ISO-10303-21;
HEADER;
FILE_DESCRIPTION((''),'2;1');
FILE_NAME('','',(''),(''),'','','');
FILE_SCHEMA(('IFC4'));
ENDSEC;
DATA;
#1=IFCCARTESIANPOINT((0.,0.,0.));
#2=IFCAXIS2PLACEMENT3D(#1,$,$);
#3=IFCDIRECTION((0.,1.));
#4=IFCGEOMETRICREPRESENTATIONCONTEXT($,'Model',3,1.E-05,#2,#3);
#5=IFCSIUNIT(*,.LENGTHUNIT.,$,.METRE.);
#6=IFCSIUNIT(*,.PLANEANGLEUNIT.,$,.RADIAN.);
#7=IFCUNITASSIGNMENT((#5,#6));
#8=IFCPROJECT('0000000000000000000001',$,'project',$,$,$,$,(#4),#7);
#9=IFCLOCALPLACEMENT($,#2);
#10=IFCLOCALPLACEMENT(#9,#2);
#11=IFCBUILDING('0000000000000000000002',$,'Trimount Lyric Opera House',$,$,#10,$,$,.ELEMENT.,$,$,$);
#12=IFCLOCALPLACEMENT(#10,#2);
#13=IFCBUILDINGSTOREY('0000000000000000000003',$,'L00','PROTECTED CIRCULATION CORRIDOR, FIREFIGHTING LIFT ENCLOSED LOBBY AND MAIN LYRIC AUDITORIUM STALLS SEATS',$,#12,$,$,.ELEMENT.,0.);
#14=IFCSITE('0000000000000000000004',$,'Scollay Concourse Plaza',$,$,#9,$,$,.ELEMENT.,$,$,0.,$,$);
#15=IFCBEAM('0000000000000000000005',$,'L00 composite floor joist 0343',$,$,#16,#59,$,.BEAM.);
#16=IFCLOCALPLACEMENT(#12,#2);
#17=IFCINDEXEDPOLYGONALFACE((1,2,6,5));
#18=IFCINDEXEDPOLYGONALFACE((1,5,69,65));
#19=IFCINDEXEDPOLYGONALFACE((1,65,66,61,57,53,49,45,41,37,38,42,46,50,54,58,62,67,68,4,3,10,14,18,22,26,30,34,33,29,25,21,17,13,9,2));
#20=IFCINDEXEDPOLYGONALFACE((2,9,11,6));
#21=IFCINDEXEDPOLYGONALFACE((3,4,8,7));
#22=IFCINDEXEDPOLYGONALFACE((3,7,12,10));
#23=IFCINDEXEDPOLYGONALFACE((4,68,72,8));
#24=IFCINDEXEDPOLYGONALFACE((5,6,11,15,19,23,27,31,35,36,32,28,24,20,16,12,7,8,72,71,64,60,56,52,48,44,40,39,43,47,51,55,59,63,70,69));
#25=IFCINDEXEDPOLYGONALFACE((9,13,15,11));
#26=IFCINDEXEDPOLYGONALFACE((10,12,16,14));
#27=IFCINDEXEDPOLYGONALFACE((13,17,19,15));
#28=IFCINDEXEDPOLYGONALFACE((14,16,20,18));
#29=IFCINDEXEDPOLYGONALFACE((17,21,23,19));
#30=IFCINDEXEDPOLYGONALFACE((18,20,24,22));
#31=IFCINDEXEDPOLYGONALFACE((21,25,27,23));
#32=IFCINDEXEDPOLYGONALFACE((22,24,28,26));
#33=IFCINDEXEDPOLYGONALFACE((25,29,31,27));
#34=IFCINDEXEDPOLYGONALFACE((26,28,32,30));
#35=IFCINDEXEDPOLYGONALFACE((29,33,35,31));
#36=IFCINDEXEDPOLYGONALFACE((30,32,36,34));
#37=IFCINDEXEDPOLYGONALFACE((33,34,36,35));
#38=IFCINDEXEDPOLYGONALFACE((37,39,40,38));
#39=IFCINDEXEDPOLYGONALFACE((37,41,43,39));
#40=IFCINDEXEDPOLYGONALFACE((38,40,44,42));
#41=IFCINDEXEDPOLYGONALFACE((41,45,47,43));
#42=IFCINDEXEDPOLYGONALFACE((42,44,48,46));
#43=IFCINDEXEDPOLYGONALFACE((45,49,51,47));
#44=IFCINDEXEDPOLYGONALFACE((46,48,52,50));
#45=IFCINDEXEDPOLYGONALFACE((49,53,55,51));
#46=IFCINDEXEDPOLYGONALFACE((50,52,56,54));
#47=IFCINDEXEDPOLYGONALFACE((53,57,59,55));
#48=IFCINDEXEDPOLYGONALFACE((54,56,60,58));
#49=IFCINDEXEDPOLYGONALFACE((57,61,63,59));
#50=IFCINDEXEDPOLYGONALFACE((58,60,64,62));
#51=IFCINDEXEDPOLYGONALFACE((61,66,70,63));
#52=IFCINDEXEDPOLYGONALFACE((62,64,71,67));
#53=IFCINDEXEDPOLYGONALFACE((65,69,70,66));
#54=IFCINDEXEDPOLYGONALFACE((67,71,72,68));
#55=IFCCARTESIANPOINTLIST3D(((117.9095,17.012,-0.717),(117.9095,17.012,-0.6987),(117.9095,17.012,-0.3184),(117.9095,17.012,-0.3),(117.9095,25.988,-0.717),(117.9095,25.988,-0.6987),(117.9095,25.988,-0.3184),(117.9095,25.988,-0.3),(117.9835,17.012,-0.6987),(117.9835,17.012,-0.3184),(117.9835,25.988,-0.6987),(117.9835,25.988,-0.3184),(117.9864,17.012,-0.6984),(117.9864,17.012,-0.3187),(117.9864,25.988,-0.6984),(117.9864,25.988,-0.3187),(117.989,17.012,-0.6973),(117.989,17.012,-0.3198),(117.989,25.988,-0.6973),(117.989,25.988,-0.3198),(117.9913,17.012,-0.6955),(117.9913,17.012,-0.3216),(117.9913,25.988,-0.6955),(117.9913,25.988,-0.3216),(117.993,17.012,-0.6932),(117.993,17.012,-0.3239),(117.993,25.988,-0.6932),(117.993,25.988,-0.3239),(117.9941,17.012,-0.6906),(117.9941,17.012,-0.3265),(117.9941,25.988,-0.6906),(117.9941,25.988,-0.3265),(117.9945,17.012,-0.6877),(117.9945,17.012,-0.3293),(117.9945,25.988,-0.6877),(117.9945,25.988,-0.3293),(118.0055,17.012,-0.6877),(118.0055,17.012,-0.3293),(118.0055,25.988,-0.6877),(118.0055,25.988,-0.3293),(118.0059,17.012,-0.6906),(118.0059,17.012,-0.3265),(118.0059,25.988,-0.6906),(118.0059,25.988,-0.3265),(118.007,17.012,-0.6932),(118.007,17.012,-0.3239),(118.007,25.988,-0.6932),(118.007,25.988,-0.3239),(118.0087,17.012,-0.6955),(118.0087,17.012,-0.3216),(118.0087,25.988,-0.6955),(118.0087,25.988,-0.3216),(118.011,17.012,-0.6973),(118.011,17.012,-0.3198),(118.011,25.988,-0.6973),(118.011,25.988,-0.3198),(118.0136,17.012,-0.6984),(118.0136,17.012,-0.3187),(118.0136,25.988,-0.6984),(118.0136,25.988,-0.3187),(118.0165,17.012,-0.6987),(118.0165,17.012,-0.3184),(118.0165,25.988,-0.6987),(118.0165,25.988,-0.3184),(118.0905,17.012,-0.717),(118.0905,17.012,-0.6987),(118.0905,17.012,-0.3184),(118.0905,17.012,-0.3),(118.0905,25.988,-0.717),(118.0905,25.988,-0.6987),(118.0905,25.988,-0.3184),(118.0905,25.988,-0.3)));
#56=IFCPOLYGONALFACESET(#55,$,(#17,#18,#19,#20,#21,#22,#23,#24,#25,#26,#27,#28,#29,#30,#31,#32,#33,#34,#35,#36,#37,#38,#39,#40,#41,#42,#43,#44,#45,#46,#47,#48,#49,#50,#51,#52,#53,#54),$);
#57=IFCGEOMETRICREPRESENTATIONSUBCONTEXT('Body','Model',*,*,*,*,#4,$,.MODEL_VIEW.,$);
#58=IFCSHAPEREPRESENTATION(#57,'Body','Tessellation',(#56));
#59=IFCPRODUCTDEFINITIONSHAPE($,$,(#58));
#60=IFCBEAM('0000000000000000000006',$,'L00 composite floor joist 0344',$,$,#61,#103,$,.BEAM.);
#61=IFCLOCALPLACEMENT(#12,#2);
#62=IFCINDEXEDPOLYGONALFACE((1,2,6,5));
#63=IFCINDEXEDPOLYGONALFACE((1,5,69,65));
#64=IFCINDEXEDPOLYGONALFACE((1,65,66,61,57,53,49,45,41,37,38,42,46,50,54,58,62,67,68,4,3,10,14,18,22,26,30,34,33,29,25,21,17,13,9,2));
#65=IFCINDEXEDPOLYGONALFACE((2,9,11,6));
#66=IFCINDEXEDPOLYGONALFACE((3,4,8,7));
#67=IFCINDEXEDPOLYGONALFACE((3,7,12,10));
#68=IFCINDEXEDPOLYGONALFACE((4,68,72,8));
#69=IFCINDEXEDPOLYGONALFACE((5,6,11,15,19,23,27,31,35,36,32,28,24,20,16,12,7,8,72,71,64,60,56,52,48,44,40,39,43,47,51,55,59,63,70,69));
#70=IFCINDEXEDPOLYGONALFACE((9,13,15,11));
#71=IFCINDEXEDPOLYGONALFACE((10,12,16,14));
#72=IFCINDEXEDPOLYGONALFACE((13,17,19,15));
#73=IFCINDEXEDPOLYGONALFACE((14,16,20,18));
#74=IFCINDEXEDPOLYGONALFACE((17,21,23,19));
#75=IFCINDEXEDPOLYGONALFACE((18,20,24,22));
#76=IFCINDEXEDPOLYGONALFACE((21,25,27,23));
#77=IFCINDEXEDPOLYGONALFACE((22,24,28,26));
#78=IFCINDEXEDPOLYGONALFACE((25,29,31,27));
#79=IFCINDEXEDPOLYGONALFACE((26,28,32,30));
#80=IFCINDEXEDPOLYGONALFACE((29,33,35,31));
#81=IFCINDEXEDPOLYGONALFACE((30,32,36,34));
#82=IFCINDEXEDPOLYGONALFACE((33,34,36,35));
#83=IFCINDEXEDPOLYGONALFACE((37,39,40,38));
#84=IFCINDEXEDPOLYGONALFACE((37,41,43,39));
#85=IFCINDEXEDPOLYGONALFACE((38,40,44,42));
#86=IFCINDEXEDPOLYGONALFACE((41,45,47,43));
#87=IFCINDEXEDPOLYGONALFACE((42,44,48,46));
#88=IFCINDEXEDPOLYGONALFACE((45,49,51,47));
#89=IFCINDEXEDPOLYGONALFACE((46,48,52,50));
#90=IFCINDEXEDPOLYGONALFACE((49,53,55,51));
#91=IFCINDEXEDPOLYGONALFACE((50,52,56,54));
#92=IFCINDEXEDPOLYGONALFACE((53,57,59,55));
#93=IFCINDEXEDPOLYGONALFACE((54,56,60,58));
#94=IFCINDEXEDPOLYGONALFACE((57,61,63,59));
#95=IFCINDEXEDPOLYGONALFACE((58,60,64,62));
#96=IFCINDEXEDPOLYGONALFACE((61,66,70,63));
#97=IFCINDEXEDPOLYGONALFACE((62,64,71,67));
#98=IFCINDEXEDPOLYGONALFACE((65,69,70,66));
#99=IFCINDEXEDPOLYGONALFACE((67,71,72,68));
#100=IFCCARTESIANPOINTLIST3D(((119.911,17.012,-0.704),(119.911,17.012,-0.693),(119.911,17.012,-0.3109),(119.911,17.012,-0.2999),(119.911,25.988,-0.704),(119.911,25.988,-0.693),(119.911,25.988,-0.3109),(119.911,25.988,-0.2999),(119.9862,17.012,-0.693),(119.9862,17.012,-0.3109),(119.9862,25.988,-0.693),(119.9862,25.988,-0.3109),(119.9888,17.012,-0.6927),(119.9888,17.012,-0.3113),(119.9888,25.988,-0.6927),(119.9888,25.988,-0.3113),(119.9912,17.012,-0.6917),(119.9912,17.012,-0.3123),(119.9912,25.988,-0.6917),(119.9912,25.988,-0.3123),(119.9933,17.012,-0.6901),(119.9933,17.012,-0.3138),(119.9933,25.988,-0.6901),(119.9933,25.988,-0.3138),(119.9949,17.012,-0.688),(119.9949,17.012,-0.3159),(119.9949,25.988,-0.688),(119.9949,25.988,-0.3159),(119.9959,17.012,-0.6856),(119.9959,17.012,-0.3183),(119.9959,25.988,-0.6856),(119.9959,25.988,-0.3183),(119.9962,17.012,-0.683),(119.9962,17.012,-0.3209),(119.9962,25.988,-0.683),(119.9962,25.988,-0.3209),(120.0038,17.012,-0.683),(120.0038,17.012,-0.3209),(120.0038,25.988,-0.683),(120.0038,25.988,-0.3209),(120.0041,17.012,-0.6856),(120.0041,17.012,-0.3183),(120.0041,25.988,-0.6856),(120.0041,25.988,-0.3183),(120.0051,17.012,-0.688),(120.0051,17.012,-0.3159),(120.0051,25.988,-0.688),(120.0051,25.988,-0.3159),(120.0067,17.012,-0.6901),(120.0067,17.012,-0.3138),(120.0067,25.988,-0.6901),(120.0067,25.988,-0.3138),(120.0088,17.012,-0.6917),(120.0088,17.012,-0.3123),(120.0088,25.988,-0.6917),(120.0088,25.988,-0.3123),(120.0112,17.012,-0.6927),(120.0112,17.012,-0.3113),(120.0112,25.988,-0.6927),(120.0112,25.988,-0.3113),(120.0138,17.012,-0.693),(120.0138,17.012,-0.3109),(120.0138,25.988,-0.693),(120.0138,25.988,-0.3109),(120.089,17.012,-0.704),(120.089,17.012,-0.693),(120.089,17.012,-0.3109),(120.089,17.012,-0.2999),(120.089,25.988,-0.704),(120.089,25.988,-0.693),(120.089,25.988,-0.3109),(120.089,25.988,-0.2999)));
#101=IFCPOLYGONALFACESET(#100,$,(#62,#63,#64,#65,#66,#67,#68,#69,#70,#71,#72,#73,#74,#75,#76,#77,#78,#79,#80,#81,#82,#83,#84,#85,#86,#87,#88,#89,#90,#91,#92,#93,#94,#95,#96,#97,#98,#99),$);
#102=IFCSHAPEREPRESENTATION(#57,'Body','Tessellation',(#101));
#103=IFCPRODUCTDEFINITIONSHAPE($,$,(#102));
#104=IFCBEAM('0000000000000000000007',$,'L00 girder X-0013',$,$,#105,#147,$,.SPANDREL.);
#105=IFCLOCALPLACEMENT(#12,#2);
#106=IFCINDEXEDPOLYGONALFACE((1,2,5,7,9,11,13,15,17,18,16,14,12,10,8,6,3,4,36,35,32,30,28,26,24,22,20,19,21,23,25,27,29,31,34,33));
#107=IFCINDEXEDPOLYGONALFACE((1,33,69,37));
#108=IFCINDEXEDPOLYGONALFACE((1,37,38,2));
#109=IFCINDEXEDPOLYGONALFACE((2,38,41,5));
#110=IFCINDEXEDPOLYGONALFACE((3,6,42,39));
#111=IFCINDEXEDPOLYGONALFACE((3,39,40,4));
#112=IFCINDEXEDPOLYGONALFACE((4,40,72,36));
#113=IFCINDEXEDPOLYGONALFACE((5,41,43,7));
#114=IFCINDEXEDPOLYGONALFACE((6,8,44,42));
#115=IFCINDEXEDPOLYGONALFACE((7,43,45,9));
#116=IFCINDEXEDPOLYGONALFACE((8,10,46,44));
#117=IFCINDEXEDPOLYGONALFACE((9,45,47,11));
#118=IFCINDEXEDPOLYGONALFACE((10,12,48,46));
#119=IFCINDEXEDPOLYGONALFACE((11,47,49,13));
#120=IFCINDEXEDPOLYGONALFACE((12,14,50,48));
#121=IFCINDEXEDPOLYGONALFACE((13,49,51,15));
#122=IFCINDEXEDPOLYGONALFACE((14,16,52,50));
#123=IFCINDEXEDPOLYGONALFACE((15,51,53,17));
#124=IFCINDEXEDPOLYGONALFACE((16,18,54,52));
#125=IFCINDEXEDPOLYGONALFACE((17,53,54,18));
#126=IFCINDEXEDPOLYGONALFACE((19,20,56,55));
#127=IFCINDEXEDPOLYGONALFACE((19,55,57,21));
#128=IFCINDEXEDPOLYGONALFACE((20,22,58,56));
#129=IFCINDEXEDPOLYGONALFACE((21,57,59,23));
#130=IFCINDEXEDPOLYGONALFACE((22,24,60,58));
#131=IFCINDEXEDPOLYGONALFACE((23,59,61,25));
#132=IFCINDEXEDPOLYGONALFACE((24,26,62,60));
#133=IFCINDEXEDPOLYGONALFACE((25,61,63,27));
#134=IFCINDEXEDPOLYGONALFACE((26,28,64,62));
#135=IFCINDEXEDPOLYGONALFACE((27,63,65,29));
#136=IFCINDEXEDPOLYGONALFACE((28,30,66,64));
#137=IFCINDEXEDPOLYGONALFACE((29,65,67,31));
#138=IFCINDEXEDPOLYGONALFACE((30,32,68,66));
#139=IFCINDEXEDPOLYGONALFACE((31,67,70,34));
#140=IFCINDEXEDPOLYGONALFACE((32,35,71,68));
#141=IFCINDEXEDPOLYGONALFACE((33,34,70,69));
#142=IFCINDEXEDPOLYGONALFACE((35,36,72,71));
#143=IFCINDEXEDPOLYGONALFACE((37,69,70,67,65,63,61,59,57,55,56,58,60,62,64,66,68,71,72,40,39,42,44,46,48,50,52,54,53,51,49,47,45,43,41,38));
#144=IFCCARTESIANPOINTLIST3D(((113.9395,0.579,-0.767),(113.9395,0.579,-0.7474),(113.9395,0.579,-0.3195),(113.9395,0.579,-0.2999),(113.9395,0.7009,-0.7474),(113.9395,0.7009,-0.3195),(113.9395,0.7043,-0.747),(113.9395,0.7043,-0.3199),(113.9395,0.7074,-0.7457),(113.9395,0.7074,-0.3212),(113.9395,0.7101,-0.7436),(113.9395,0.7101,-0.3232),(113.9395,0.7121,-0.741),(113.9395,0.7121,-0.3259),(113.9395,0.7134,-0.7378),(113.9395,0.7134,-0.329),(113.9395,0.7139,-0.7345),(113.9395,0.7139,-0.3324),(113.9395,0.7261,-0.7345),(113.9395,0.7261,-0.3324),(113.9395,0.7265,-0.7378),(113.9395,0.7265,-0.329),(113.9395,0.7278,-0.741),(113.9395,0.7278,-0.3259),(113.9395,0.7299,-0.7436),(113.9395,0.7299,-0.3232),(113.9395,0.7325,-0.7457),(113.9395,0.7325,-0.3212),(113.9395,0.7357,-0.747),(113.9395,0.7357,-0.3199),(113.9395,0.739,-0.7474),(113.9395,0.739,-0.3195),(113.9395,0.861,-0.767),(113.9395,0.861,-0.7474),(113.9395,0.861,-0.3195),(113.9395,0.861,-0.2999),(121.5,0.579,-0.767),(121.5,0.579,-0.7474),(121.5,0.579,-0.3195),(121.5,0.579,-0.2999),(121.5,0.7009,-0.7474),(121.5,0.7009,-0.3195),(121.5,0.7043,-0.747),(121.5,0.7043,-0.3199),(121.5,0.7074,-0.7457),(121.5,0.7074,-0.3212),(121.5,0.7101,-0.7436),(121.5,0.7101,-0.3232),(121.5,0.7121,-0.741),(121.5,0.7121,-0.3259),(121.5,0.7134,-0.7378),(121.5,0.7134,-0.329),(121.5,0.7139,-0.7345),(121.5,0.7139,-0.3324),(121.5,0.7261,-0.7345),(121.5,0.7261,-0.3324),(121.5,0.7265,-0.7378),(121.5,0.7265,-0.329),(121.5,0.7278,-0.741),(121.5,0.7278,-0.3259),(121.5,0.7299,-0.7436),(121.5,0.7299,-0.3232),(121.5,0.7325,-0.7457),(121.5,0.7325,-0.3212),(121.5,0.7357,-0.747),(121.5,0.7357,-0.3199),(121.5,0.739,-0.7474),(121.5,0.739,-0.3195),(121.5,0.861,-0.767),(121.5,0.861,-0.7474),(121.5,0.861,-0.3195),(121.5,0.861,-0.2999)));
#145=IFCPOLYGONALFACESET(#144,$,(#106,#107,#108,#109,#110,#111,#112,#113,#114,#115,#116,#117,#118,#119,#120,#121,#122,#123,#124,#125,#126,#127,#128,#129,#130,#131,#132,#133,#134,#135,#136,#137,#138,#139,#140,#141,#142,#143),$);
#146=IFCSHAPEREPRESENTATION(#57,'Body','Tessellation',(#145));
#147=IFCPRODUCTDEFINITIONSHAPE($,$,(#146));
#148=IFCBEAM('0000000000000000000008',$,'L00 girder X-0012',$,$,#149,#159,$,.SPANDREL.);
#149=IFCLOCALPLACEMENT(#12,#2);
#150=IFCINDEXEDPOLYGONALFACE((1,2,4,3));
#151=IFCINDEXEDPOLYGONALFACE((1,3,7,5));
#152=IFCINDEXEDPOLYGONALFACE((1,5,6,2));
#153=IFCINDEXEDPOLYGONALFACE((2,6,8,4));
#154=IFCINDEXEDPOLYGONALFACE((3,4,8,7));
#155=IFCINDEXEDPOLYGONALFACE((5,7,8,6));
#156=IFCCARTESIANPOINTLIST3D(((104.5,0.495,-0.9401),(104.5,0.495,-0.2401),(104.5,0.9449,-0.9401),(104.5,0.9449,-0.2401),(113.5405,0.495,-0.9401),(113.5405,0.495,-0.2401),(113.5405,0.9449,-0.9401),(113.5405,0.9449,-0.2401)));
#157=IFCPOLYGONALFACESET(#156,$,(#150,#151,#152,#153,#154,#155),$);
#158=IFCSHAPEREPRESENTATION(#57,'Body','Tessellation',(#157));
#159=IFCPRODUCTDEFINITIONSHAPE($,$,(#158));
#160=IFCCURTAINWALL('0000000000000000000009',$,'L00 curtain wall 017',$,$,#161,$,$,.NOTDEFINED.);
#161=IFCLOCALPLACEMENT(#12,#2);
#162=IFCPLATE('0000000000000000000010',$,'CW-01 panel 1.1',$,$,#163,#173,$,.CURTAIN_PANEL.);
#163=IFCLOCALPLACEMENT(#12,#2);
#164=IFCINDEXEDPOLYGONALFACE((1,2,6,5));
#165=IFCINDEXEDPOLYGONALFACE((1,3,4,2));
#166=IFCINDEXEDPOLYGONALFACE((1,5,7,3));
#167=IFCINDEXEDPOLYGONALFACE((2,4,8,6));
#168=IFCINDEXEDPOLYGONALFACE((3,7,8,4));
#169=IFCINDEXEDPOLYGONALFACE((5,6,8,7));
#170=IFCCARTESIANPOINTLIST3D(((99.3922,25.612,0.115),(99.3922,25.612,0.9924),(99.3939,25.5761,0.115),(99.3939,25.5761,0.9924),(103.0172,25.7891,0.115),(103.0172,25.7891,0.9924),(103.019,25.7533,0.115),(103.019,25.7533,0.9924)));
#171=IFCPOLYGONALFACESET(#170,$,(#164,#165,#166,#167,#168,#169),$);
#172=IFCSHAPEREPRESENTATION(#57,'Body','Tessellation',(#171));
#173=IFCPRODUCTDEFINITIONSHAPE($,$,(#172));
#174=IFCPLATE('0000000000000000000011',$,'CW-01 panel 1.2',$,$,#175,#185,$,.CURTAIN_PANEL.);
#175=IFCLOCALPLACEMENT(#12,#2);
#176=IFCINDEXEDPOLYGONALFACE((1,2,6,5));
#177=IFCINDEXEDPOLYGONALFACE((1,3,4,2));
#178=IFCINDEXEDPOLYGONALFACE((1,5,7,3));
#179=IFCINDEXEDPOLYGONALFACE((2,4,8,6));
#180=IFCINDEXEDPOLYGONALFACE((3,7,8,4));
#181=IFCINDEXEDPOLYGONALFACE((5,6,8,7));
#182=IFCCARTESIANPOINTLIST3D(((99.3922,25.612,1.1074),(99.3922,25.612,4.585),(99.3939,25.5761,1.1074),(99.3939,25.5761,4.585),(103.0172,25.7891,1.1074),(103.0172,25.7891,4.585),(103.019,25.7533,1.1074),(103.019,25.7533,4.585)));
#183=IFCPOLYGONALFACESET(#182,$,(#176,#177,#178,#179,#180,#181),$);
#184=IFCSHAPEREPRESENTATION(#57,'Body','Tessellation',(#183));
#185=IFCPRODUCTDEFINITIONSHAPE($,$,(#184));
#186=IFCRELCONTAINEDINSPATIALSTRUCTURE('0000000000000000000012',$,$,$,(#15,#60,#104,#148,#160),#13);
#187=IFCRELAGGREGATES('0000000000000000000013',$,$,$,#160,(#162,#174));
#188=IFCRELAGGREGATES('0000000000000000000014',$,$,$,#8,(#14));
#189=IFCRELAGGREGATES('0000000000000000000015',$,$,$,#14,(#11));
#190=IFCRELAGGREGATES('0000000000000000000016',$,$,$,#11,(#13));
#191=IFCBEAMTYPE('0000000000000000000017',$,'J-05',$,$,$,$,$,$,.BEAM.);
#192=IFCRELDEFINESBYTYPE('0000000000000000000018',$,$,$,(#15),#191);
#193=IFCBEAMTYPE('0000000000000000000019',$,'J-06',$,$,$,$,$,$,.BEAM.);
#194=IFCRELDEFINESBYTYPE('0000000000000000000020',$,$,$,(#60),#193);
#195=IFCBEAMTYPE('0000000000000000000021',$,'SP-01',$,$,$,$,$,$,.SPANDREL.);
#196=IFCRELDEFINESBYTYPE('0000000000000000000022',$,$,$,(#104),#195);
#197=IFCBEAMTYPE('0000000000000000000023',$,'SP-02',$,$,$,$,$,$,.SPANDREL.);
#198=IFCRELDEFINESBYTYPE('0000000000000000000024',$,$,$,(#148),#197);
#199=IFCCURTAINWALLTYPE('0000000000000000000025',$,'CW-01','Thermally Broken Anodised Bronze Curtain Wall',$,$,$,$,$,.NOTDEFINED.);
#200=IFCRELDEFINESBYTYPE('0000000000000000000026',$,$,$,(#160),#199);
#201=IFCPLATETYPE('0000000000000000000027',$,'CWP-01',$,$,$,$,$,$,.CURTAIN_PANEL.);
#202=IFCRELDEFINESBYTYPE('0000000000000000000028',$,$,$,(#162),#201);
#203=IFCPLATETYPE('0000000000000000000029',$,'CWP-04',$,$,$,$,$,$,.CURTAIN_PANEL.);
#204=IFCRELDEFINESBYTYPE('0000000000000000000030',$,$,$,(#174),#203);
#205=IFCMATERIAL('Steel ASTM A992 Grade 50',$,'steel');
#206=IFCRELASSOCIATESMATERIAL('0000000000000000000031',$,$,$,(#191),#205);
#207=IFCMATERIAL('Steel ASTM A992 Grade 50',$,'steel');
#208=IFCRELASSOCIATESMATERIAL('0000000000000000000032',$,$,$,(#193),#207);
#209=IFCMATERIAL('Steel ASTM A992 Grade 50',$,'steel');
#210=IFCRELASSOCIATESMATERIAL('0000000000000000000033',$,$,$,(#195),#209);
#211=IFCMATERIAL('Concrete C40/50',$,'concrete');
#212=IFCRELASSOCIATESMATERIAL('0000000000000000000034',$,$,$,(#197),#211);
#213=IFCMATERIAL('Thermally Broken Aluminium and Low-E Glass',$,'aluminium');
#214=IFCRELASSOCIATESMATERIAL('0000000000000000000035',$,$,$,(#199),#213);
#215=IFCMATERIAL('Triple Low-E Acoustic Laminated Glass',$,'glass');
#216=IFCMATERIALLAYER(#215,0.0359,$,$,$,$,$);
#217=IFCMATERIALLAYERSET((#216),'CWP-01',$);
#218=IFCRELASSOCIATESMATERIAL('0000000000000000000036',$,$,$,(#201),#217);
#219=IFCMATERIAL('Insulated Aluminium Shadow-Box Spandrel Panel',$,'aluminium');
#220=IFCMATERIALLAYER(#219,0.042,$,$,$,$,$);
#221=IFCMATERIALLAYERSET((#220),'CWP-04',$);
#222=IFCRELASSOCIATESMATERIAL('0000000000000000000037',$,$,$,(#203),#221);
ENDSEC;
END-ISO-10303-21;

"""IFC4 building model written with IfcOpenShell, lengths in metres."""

from ifc_helpers import new_model, si_unit, direction, frame, origin, origin_2d, place, context, subcontext, project, spatial, rectangle, i_section, extrude, material, layer, layer_set, material_profile, profile_set, type_object, element, aggregate, save


model = new_model("IFC4")

# Units and contexts
model_context = context("Model", 3, precision=1e-05, world=origin(), true_north=direction((0.0, 1.0)))
body_context = subcontext(model_context, "Body", "Model", "MODEL_VIEW")
ifc_project = project(units=[si_unit("LENGTHUNIT", "METRE"), si_unit("PLANEANGLEUNIT", "RADIAN")], contexts=[model_context])

# Site, building, storey
site_placement = place(None, origin())
site = spatial("IfcSite", under=ifc_project, at=site_placement, Name="Scollay Concourse Plaza", CompositionType="ELEMENT", RefElevation=0.0)
building_placement = place(site_placement, origin())
building = spatial("IfcBuilding", under=site, at=building_placement, Name="Trimount Lyric Opera House", CompositionType="ELEMENT")
storey_placement = place(building_placement, origin())
storey = spatial("IfcBuildingStorey", under=building, at=storey_placement, Name="L00", Description="PROTECTED CIRCULATION CORRIDOR, FIREFIGHTING LIFT ENCLOSED LOBBY AND MAIN LYRIC AUDITORIUM STALLS SEATS", CompositionType="ELEMENT", Elevation=0.0)

# Beams
ifc_material_1 = material(Name="Steel ASTM A992 Grade 50", Category="steel")
ifc_material_profile_1 = material_profile(ifc_material_1, i_section(OverallWidth=0.1809, OverallDepth=0.417, WebThickness=0.011, FlangeThickness=0.0183, FilletRadius=0.011, at=origin_2d()), Name="W16X57")
ifc_profile_set_1 = profile_set([ifc_material_profile_1], Name="Steel ASTM A992 Grade 50")
beam_type_1 = type_object("IfcBeamType", Name="J-05", PredefinedType="BEAM", material=ifc_profile_set_1)
beam_1_placement = place(storey_placement, frame((118.0, 17.012, -0.5085), z_axis=(0.0, 1.0, 0.0), x_axis=(-1.0, 0.0, 0.0)))
element("IfcBeam", 1, at=beam_1_placement, inside=storey, type_object=beam_type_1, Name="L00 composite floor joist 0343", PredefinedType="BEAM", context=body_context, shape_type="SweptSolid", body=[
    extrude(i_section(OverallWidth=0.1809, OverallDepth=0.417, WebThickness=0.011, FlangeThickness=0.0183, FilletRadius=0.011, at=origin_2d()), origin(), (0.0, 0.0, 1.0), 8.9761),
])
ifc_material_2 = material(Name="Steel ASTM A992 Grade 50", Category="steel")
ifc_material_profile_2 = material_profile(ifc_material_2, i_section(OverallWidth=0.178, OverallDepth=0.4041, WebThickness=0.0076, FlangeThickness=0.011, FilletRadius=0.01, at=origin_2d()), Name="W16X36")
ifc_profile_set_2 = profile_set([ifc_material_profile_2], Name="Steel ASTM A992 Grade 50")
beam_type_2 = type_object("IfcBeamType", Name="J-06", PredefinedType="BEAM", material=ifc_profile_set_2)
beam_2_placement = place(storey_placement, frame((120.0, 17.012, -0.502), z_axis=(0.0, 1.0, 0.0), x_axis=(-1.0, 0.0, 0.0)))
element("IfcBeam", 2, at=beam_2_placement, inside=storey, type_object=beam_type_2, Name="L00 composite floor joist 0344", PredefinedType="BEAM", context=body_context, shape_type="SweptSolid", body=[
    extrude(i_section(OverallWidth=0.178, OverallDepth=0.4041, WebThickness=0.0076, FlangeThickness=0.011, FilletRadius=0.01, at=origin_2d()), origin(), (0.0, 0.0, 1.0), 8.9761),
])
ifc_material_3 = material(Name="Steel ASTM A992 Grade 50", Category="steel")
ifc_material_profile_3 = material_profile(ifc_material_3, i_section(OverallWidth=0.282, OverallDepth=0.467, WebThickness=0.0122, FlangeThickness=0.0195, FilletRadius=0.0129, at=origin_2d()), Name="W18X86")
ifc_profile_set_3 = profile_set([ifc_material_profile_3], Name="Steel ASTM A992 Grade 50")
beam_type_3 = type_object("IfcBeamType", Name="SP-01", PredefinedType="SPANDREL", material=ifc_profile_set_3)
beam_3_placement = place(storey_placement, frame((113.9395, 0.72, -0.5334), z_axis=(1.0, 0.0, 0.0), x_axis=(0.0, 1.0, 0.0)))
element("IfcBeam", 3, at=beam_3_placement, inside=storey, type_object=beam_type_3, Name="L00 girder X-0013", PredefinedType="SPANDREL", context=body_context, shape_type="SweptSolid", body=[
    extrude(i_section(OverallWidth=0.282, OverallDepth=0.467, WebThickness=0.0122, FlangeThickness=0.0195, FilletRadius=0.0129, at=origin_2d()), origin(), (0.0, 0.0, 1.0), 7.5605),
])
ifc_material_4 = material(Name="Concrete C40/50", Category="concrete")
ifc_material_profile_4 = material_profile(ifc_material_4, rectangle(XDim=0.45, YDim=0.7, at=origin_2d()), Name="RC450X700")
ifc_profile_set_4 = profile_set([ifc_material_profile_4], Name="Concrete C40/50")
beam_type_4 = type_object("IfcBeamType", Name="SP-02", PredefinedType="SPANDREL", material=ifc_profile_set_4)
beam_4_placement = place(storey_placement, frame((104.5, 0.72, -0.5901), z_axis=(1.0, 0.0, 0.0), x_axis=(0.0, 1.0, 0.0)))
element("IfcBeam", 4, at=beam_4_placement, inside=storey, type_object=beam_type_4, Name="L00 girder X-0012", PredefinedType="SPANDREL", context=body_context, shape_type="SweptSolid", body=[
    extrude(rectangle(XDim=0.45, YDim=0.7, at=origin_2d()), origin(), (0.0, 0.0, 1.0), 9.0405),
])

# Curtain wall, plates
ifc_material_5 = material(Name="Thermally Broken Aluminium and Low-E Glass", Category="aluminium")
curtain_wall_type = type_object("IfcCurtainWallType", Name="CW-01", Description="Thermally Broken Anodised Bronze Curtain Wall", PredefinedType="NOTDEFINED", material=ifc_material_5)
curtain_wall_placement = place(storey_placement, origin())
curtain_wall = element("IfcCurtainWall", 5, at=curtain_wall_placement, inside=storey, type_object=curtain_wall_type, Name="L00 curtain wall 017", PredefinedType="NOTDEFINED")
ifc_material_6 = material(Name="Triple Low-E Acoustic Laminated Glass", Category="glass")
ifc_layer_1 = layer(ifc_material_6, 0.0359)
ifc_layer_set_1 = layer_set([ifc_layer_1], Name="CWP-01")
plate_type_1 = type_object("IfcPlateType", Name="CWP-01", PredefinedType="CURTAIN_PANEL", material=ifc_layer_set_1)
plate_1_placement = place(storey_placement, frame((101.2056, 25.6826, 0.115), z_axis=(0.0, 0.0, 1.0), x_axis=(-0.998808, -0.048807, 0.0)))
plate_1 = element("IfcPlate", 6, at=plate_1_placement, type_object=plate_type_1, Name="CW-01 panel 1.1", PredefinedType="CURTAIN_PANEL", context=body_context, shape_type="SweptSolid", body=[
    extrude(rectangle(XDim=3.6294, YDim=0.0359, at=origin_2d()), origin(), (0.0, 0.0, 1.0), 0.8774),
])
ifc_material_7 = material(Name="Insulated Aluminium Shadow-Box Spandrel Panel", Category="aluminium")
ifc_layer_2 = layer(ifc_material_7, 0.042)
ifc_layer_set_2 = layer_set([ifc_layer_2], Name="CWP-04")
plate_type_2 = type_object("IfcPlateType", Name="CWP-04", PredefinedType="CURTAIN_PANEL", material=ifc_layer_set_2)
plate_2_placement = place(storey_placement, frame((101.2056, 25.6826, 1.1074), z_axis=(0.0, 0.0, 1.0), x_axis=(-0.998808, -0.048807, 0.0)))
plate_2 = element("IfcPlate", 7, at=plate_2_placement, type_object=plate_type_2, Name="CW-01 panel 1.2", PredefinedType="CURTAIN_PANEL", context=body_context, shape_type="SweptSolid", body=[
    extrude(rectangle(XDim=3.6294, YDim=0.0359, at=origin_2d()), origin(), (0.0, 0.0, 1.0), 3.4775),
])
aggregate(curtain_wall, [plate_1, plate_2])

save(model, "model.ifc")
